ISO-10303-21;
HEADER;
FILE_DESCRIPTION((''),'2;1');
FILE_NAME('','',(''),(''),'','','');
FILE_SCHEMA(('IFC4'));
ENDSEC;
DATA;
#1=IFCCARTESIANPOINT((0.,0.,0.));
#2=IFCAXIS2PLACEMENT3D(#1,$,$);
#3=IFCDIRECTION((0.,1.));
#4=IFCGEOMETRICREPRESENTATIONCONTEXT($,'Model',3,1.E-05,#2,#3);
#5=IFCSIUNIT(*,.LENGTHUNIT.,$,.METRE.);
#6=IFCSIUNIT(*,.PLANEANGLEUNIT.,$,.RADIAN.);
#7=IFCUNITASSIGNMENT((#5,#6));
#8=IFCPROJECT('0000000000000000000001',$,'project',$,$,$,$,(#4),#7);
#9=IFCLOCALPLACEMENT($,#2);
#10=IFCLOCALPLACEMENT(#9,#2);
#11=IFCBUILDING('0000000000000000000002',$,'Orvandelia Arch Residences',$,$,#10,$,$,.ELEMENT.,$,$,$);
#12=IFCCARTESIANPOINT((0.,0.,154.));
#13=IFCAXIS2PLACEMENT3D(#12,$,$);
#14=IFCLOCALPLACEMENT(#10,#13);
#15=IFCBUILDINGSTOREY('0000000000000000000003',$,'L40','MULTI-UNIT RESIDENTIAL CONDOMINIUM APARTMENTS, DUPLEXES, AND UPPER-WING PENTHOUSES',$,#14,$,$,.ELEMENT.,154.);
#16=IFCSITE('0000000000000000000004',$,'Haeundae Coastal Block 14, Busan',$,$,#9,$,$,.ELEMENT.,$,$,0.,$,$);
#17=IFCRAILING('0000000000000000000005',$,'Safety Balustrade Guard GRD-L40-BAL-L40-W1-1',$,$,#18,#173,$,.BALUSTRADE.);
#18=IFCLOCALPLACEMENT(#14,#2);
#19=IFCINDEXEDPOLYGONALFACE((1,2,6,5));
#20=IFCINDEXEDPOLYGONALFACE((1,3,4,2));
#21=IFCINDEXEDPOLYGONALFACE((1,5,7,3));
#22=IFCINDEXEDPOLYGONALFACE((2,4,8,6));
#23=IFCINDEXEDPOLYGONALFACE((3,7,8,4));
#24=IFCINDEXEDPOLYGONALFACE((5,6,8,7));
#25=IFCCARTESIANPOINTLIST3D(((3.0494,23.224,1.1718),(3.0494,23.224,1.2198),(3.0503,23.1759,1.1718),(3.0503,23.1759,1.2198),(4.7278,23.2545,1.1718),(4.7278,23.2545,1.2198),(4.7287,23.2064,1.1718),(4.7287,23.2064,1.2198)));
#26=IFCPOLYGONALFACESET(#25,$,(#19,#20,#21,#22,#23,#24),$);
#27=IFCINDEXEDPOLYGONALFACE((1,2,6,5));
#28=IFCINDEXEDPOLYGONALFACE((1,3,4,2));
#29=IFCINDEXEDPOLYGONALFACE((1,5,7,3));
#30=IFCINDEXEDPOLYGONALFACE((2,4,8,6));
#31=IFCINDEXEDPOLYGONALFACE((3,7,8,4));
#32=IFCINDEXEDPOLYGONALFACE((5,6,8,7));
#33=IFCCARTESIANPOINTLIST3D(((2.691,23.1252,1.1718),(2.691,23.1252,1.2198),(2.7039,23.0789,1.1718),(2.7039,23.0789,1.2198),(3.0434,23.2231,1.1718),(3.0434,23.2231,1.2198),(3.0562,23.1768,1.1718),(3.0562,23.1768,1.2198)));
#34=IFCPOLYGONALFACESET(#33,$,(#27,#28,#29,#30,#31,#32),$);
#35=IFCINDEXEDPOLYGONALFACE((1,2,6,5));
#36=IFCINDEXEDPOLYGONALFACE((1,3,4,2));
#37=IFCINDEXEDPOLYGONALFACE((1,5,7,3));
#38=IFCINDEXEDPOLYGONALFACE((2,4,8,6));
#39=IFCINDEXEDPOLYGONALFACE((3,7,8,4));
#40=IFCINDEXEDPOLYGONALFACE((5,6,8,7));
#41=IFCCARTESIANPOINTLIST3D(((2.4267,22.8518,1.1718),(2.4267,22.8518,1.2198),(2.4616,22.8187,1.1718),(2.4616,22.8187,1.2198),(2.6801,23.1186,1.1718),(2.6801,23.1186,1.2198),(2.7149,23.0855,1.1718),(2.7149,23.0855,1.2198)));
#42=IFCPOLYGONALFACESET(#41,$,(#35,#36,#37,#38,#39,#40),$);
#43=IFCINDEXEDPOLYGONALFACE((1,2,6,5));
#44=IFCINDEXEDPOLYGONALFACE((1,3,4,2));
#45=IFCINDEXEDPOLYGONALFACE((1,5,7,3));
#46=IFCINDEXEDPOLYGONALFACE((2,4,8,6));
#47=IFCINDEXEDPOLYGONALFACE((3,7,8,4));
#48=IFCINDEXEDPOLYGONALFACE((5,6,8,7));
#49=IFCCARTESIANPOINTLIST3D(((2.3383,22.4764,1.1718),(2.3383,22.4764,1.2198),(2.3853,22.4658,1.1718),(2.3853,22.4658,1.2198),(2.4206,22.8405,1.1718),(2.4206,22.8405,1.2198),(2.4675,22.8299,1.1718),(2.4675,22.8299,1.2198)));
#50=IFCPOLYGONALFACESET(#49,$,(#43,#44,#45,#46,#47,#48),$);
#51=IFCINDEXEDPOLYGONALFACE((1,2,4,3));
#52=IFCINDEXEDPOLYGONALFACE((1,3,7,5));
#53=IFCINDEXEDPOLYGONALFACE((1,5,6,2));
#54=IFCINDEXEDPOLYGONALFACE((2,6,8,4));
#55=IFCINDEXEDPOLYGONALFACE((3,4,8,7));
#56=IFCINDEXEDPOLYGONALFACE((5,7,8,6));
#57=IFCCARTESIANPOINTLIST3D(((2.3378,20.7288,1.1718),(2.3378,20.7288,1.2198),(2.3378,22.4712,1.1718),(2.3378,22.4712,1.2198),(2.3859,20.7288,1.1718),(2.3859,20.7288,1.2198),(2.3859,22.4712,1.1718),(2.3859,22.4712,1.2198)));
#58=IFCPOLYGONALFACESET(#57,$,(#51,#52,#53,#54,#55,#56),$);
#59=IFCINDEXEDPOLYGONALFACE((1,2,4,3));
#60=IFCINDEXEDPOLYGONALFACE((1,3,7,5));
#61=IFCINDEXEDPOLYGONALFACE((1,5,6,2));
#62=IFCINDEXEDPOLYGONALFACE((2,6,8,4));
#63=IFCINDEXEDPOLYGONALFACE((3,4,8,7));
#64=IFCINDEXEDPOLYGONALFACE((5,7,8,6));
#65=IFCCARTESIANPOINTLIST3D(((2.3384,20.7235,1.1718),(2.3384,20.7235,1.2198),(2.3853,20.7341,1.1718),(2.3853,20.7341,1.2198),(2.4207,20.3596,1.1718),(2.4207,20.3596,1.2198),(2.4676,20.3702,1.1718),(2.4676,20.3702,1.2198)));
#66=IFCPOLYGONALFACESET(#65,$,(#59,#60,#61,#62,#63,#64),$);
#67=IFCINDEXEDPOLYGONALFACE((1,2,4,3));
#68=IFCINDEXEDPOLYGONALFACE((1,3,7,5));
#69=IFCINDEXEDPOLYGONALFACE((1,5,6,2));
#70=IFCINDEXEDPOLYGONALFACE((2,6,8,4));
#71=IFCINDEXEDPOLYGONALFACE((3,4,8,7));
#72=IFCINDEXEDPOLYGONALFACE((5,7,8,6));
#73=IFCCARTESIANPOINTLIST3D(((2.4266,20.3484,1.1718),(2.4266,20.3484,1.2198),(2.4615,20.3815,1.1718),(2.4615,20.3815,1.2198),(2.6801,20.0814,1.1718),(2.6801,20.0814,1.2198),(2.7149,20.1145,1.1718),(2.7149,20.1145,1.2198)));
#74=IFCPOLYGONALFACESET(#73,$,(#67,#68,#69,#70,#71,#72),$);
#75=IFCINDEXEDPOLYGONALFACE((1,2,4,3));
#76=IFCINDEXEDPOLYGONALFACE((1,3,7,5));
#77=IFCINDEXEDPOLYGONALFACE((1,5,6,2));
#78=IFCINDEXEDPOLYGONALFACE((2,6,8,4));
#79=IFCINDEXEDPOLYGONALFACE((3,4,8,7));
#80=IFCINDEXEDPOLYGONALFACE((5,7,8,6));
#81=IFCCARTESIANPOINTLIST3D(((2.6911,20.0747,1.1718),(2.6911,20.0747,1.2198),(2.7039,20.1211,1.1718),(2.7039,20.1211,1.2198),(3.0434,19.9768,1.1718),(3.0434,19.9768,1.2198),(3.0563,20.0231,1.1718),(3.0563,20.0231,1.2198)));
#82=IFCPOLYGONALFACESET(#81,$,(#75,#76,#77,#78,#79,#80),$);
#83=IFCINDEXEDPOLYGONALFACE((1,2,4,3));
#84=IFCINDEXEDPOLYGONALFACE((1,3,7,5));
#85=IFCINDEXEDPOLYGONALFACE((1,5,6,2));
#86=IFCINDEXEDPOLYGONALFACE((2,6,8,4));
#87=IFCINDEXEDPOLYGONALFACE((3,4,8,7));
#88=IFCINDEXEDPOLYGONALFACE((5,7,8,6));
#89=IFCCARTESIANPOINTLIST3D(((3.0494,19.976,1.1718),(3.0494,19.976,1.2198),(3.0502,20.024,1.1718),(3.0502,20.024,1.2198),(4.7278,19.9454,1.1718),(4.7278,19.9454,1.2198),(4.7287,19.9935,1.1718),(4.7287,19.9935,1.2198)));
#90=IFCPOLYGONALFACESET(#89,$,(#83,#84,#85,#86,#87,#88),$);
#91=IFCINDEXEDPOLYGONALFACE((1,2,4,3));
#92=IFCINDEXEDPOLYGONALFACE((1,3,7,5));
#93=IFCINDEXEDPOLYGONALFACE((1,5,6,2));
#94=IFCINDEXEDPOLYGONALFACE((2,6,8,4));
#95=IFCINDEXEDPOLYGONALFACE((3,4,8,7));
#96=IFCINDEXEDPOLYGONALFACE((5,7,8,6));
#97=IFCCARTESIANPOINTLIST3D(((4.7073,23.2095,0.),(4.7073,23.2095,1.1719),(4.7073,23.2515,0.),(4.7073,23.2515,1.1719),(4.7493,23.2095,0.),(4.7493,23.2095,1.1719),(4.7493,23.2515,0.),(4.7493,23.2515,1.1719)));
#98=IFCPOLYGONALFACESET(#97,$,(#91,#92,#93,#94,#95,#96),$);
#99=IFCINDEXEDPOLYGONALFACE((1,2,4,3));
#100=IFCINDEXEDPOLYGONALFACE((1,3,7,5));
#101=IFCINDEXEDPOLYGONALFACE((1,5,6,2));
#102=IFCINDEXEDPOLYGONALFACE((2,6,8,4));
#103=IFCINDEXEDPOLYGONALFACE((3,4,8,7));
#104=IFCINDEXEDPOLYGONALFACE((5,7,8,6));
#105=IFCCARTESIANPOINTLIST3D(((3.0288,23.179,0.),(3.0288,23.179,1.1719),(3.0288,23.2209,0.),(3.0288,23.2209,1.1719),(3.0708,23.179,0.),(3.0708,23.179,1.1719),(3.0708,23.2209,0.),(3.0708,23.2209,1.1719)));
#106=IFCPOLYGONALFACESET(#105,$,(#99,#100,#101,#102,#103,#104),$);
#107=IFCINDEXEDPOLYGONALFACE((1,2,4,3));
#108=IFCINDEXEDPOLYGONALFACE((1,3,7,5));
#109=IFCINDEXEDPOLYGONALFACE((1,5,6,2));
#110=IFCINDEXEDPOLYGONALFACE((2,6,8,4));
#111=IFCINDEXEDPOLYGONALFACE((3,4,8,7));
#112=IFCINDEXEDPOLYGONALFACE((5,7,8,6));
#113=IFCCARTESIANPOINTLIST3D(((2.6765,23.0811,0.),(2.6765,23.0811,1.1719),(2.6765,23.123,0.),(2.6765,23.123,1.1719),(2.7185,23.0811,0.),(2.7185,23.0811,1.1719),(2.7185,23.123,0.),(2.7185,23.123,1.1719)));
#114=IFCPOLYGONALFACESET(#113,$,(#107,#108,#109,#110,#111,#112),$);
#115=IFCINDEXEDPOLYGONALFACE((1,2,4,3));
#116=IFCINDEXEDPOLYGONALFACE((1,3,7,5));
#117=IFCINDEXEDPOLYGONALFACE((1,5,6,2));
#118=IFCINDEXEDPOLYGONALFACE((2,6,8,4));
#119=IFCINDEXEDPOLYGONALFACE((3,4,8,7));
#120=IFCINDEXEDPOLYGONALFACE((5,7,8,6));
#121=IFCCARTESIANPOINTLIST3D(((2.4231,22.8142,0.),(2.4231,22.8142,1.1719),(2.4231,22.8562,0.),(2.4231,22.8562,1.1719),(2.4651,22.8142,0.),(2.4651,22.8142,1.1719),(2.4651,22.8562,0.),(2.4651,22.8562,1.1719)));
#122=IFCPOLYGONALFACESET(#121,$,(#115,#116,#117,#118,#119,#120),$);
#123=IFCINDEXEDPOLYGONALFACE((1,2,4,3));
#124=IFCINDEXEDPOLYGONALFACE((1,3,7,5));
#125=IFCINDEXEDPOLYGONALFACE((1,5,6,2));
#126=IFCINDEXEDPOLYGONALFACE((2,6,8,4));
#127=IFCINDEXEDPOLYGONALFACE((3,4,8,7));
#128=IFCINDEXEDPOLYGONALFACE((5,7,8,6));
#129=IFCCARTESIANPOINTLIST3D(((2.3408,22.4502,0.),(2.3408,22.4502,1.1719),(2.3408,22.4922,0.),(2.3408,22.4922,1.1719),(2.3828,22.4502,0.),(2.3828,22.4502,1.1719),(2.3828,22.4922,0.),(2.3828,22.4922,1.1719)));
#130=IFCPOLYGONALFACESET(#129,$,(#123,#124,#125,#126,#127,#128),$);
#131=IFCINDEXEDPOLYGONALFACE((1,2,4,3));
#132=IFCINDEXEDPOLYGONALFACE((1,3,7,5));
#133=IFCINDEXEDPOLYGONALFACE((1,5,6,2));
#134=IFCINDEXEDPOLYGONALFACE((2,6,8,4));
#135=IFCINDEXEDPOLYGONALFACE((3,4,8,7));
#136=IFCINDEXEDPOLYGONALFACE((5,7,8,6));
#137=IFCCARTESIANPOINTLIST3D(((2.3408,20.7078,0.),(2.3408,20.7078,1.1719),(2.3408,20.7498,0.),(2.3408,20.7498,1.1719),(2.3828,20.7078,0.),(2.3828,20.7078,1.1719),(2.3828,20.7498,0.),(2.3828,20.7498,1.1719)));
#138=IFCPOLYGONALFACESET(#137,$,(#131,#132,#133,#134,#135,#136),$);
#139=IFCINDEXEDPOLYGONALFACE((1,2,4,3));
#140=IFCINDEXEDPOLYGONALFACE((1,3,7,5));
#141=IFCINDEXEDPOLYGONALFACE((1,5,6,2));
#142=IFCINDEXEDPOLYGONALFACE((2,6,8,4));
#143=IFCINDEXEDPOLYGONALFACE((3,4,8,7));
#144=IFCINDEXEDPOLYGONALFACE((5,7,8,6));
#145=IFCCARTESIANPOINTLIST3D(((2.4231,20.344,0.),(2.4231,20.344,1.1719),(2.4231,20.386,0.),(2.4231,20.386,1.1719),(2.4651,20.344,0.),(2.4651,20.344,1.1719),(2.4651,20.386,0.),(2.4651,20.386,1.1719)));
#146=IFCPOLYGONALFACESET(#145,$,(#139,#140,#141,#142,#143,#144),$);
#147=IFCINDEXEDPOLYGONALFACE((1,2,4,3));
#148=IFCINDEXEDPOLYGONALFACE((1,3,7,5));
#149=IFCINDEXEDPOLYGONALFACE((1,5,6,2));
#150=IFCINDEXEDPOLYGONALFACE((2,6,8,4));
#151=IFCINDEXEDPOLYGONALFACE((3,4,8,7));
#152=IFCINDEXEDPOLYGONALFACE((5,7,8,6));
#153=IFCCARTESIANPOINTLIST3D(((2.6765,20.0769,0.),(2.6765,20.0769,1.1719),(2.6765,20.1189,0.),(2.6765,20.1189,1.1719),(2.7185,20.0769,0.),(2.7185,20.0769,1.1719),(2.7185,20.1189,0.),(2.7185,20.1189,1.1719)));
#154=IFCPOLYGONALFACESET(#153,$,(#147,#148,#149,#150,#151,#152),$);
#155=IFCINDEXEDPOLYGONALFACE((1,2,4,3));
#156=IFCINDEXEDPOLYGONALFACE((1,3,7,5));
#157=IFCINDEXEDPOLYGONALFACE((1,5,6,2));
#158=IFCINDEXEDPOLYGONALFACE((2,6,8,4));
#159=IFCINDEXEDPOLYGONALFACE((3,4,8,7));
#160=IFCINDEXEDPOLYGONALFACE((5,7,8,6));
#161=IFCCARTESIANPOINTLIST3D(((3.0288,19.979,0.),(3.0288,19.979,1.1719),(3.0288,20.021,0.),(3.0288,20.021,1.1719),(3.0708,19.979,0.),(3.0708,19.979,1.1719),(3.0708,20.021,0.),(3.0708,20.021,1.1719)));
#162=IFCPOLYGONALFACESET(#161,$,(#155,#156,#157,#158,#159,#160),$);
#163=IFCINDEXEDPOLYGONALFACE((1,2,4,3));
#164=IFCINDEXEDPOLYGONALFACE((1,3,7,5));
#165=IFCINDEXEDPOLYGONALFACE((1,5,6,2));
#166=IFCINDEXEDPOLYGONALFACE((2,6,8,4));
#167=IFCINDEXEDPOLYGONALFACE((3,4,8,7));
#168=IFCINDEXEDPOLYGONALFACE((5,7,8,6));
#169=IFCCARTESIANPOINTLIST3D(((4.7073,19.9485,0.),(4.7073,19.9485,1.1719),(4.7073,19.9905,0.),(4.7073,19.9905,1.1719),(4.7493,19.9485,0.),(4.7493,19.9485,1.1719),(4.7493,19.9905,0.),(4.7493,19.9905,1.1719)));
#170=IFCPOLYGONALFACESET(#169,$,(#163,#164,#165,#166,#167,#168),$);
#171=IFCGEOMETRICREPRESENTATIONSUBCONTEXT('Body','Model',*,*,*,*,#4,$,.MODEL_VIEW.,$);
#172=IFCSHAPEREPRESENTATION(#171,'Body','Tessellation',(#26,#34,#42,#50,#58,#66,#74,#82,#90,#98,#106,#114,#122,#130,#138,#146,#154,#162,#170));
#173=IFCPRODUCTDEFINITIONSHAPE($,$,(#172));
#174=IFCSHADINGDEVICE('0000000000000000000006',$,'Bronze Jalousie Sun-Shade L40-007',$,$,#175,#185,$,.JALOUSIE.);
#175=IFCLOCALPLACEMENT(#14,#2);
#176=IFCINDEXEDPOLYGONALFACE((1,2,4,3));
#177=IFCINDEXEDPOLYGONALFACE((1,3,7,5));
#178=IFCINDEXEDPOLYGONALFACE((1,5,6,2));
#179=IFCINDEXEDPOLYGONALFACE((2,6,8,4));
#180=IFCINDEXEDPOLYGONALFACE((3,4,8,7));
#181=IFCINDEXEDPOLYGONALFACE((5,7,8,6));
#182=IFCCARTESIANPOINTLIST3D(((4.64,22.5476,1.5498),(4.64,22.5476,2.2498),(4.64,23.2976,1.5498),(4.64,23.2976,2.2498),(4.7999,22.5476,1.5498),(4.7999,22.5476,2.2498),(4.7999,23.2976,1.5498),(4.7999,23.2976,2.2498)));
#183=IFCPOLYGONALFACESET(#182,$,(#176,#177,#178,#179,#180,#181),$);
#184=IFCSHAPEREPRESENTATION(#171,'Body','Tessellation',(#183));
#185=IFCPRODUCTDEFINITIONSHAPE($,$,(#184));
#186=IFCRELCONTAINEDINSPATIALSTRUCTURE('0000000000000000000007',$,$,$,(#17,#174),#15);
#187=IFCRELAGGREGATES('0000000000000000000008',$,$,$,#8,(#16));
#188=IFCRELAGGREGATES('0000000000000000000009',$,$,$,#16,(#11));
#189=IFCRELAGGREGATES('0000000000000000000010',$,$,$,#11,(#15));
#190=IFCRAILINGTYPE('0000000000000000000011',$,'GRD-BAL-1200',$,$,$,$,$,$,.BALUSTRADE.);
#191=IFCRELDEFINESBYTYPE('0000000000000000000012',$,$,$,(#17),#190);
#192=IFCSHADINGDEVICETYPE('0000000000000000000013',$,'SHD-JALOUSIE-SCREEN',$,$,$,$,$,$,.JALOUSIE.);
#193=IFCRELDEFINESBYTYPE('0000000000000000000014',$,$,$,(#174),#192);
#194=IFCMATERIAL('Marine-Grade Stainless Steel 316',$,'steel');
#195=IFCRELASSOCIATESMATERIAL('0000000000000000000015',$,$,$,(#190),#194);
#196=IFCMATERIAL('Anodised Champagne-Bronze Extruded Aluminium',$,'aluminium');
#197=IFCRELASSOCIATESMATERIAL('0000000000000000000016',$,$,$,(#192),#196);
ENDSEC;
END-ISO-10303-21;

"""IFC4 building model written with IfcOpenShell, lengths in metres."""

from ifc_helpers import new_model, si_unit, direction, frame, origin, origin_2d, place, context, subcontext, project, spatial, rectangle, extrude, material, type_object, element, save


model = new_model("IFC4")

# Units and contexts
model_context = context("Model", 3, precision=1e-05, world=origin(), true_north=direction((0.0, 1.0)))
body_context = subcontext(model_context, "Body", "Model", "MODEL_VIEW")
ifc_project = project(units=[si_unit("LENGTHUNIT", "METRE"), si_unit("PLANEANGLEUNIT", "RADIAN")], contexts=[model_context])

# Site, building, storey
site_placement = place(None, origin())
site = spatial("IfcSite", under=ifc_project, at=site_placement, Name="Haeundae Coastal Block 14, Busan", CompositionType="ELEMENT", RefElevation=0.0)
building_placement = place(site_placement, origin())
building = spatial("IfcBuilding", under=site, at=building_placement, Name="Orvandelia Arch Residences", CompositionType="ELEMENT")
storey_placement = place(building_placement, frame((0.0, 0.0, 154.0)))
storey = spatial("IfcBuildingStorey", under=building, at=storey_placement, Name="L40", Description="MULTI-UNIT RESIDENTIAL CONDOMINIUM APARTMENTS, DUPLEXES, AND UPPER-WING PENTHOUSES", CompositionType="ELEMENT", Elevation=154.0)

# Railing
ifc_material_1 = material(Name="Marine-Grade Stainless Steel 316", Category="steel")
railing_type = type_object("IfcRailingType", Name="GRD-BAL-1200", PredefinedType="BALUSTRADE", material=ifc_material_1)
railing_placement = place(storey_placement, frame((4.7283, 23.2305, 0.0)))
element("IfcRailing", 1, at=railing_placement, inside=storey, type_object=railing_type, Name="Safety Balustrade Guard GRD-L40-BAL-L40-W1-1", PredefinedType="BALUSTRADE", context=body_context, shape_type="SweptSolid", body=[
    extrude(rectangle(XDim=0.0481, YDim=0.0481, at=origin_2d()), frame((0.0, 0.0, 1.1958), z_axis=(-0.999835, -0.018179, 0.0), x_axis=(0.018179, -0.999835, 0.0)), (0.0, 0.0, 1.0), 1.6787),
    extrude(rectangle(XDim=0.0481, YDim=0.0481, at=origin_2d()), frame((-1.6785, -0.0305, 1.1958), z_axis=(-0.963489, -0.267747, 0.0), x_axis=(0.267747, -0.963489, 0.0)), (0.0, 0.0, 1.0), 0.3657),
    extrude(rectangle(XDim=0.0481, YDim=0.0481, at=origin_2d()), frame((-2.0308, -0.1284, 1.1958), z_axis=(-0.688627, -0.725115, 0.0), x_axis=(0.725115, -0.688627, 0.0)), (0.0, 0.0, 1.0), 0.3679),
    extrude(rectangle(XDim=0.0481, YDim=0.0481, at=origin_2d()), frame((-2.2842, -0.3953, 1.1958), z_axis=(-0.220462, -0.975396, 0.0), x_axis=(0.975396, -0.220462, 0.0)), (0.0, 0.0, 1.0), 0.3733),
    extrude(rectangle(XDim=0.0481, YDim=0.0481, at=origin_2d()), frame((-2.3665, -0.7593, 1.1958), z_axis=(0.0, -1.0, 0.0), x_axis=(1.0, 0.0, 0.0)), (0.0, 0.0, 1.0), 1.7424),
    extrude(rectangle(XDim=0.0481, YDim=0.0481, at=origin_2d()), frame((-2.3665, -2.5017, 1.1958), z_axis=(0.220602, -0.975364, 0.0), x_axis=(0.975364, 0.220602, 0.0)), (0.0, 0.0, 1.0), 0.373),
    extrude(rectangle(XDim=0.0481, YDim=0.0481, at=origin_2d()), frame((-2.2842, -2.8655, 1.1958), z_axis=(0.688296, -0.72543, 0.0), x_axis=(0.72543, 0.688296, 0.0)), (0.0, 0.0, 1.0), 0.3682),
    extrude(rectangle(XDim=0.0481, YDim=0.0481, at=origin_2d()), frame((-2.0308, -3.1326, 1.1958), z_axis=(0.963489, -0.267747, 0.0), x_axis=(0.267747, 0.963489, 0.0)), (0.0, 0.0, 1.0), 0.3657),
    extrude(rectangle(XDim=0.0481, YDim=0.0481, at=origin_2d()), frame((-1.6785, -3.2305, 1.1958), z_axis=(0.999835, -0.018179, 0.0), x_axis=(0.018179, 0.999835, 0.0)), (0.0, 0.0, 1.0), 1.6787),
    extrude(rectangle(XDim=0.042, YDim=0.042, at=origin_2d()), origin(), (0.0, 0.0, 1.0), 1.1719),
    extrude(rectangle(XDim=0.042, YDim=0.042, at=origin_2d()), frame((-1.6785, -0.0305, 0.0)), (0.0, 0.0, 1.0), 1.1719),
    extrude(rectangle(XDim=0.042, YDim=0.042, at=origin_2d()), frame((-2.0308, -0.1284, 0.0)), (0.0, 0.0, 1.0), 1.1719),
    extrude(rectangle(XDim=0.042, YDim=0.042, at=origin_2d()), frame((-2.2842, -0.3953, 0.0)), (0.0, 0.0, 1.0), 1.1719),
    extrude(rectangle(XDim=0.042, YDim=0.042, at=origin_2d()), frame((-2.3665, -0.7593, 0.0)), (0.0, 0.0, 1.0), 1.1719),
    extrude(rectangle(XDim=0.042, YDim=0.042, at=origin_2d()), frame((-2.3665, -2.5017, 0.0)), (0.0, 0.0, 1.0), 1.1719),
    extrude(rectangle(XDim=0.042, YDim=0.042, at=origin_2d()), frame((-2.2842, -2.8655, 0.0)), (0.0, 0.0, 1.0), 1.1719),
    extrude(rectangle(XDim=0.042, YDim=0.042, at=origin_2d()), frame((-2.0308, -3.1326, 0.0)), (0.0, 0.0, 1.0), 1.1719),
    extrude(rectangle(XDim=0.042, YDim=0.042, at=origin_2d()), frame((-1.6785, -3.2305, 0.0)), (0.0, 0.0, 1.0), 1.1719),
    extrude(rectangle(XDim=0.042, YDim=0.042, at=origin_2d()), frame((0.0, -3.261, 0.0)), (0.0, 0.0, 1.0), 1.1719),
])

# Shading device
ifc_material_2 = material(Name="Anodised Champagne-Bronze Extruded Aluminium", Category="aluminium")
shading_device_type = type_object("IfcShadingDeviceType", Name="SHD-JALOUSIE-SCREEN", PredefinedType="JALOUSIE", material=ifc_material_2)
shading_device_placement = place(storey_placement, frame((4.72, 22.9226, 1.5498), z_axis=(0.0, 0.0, 1.0), x_axis=(0.0, 1.0, 0.0)))
element("IfcShadingDevice", 2, at=shading_device_placement, inside=storey, type_object=shading_device_type, Name="Bronze Jalousie Sun-Shade L40-007", PredefinedType="JALOUSIE", context=body_context, shape_type="SweptSolid", body=[
    extrude(rectangle(XDim=0.75, YDim=0.1599, at=origin_2d()), origin(), (0.0, 0.0, 1.0), 0.7),
])

save(model, "model.ifc")
